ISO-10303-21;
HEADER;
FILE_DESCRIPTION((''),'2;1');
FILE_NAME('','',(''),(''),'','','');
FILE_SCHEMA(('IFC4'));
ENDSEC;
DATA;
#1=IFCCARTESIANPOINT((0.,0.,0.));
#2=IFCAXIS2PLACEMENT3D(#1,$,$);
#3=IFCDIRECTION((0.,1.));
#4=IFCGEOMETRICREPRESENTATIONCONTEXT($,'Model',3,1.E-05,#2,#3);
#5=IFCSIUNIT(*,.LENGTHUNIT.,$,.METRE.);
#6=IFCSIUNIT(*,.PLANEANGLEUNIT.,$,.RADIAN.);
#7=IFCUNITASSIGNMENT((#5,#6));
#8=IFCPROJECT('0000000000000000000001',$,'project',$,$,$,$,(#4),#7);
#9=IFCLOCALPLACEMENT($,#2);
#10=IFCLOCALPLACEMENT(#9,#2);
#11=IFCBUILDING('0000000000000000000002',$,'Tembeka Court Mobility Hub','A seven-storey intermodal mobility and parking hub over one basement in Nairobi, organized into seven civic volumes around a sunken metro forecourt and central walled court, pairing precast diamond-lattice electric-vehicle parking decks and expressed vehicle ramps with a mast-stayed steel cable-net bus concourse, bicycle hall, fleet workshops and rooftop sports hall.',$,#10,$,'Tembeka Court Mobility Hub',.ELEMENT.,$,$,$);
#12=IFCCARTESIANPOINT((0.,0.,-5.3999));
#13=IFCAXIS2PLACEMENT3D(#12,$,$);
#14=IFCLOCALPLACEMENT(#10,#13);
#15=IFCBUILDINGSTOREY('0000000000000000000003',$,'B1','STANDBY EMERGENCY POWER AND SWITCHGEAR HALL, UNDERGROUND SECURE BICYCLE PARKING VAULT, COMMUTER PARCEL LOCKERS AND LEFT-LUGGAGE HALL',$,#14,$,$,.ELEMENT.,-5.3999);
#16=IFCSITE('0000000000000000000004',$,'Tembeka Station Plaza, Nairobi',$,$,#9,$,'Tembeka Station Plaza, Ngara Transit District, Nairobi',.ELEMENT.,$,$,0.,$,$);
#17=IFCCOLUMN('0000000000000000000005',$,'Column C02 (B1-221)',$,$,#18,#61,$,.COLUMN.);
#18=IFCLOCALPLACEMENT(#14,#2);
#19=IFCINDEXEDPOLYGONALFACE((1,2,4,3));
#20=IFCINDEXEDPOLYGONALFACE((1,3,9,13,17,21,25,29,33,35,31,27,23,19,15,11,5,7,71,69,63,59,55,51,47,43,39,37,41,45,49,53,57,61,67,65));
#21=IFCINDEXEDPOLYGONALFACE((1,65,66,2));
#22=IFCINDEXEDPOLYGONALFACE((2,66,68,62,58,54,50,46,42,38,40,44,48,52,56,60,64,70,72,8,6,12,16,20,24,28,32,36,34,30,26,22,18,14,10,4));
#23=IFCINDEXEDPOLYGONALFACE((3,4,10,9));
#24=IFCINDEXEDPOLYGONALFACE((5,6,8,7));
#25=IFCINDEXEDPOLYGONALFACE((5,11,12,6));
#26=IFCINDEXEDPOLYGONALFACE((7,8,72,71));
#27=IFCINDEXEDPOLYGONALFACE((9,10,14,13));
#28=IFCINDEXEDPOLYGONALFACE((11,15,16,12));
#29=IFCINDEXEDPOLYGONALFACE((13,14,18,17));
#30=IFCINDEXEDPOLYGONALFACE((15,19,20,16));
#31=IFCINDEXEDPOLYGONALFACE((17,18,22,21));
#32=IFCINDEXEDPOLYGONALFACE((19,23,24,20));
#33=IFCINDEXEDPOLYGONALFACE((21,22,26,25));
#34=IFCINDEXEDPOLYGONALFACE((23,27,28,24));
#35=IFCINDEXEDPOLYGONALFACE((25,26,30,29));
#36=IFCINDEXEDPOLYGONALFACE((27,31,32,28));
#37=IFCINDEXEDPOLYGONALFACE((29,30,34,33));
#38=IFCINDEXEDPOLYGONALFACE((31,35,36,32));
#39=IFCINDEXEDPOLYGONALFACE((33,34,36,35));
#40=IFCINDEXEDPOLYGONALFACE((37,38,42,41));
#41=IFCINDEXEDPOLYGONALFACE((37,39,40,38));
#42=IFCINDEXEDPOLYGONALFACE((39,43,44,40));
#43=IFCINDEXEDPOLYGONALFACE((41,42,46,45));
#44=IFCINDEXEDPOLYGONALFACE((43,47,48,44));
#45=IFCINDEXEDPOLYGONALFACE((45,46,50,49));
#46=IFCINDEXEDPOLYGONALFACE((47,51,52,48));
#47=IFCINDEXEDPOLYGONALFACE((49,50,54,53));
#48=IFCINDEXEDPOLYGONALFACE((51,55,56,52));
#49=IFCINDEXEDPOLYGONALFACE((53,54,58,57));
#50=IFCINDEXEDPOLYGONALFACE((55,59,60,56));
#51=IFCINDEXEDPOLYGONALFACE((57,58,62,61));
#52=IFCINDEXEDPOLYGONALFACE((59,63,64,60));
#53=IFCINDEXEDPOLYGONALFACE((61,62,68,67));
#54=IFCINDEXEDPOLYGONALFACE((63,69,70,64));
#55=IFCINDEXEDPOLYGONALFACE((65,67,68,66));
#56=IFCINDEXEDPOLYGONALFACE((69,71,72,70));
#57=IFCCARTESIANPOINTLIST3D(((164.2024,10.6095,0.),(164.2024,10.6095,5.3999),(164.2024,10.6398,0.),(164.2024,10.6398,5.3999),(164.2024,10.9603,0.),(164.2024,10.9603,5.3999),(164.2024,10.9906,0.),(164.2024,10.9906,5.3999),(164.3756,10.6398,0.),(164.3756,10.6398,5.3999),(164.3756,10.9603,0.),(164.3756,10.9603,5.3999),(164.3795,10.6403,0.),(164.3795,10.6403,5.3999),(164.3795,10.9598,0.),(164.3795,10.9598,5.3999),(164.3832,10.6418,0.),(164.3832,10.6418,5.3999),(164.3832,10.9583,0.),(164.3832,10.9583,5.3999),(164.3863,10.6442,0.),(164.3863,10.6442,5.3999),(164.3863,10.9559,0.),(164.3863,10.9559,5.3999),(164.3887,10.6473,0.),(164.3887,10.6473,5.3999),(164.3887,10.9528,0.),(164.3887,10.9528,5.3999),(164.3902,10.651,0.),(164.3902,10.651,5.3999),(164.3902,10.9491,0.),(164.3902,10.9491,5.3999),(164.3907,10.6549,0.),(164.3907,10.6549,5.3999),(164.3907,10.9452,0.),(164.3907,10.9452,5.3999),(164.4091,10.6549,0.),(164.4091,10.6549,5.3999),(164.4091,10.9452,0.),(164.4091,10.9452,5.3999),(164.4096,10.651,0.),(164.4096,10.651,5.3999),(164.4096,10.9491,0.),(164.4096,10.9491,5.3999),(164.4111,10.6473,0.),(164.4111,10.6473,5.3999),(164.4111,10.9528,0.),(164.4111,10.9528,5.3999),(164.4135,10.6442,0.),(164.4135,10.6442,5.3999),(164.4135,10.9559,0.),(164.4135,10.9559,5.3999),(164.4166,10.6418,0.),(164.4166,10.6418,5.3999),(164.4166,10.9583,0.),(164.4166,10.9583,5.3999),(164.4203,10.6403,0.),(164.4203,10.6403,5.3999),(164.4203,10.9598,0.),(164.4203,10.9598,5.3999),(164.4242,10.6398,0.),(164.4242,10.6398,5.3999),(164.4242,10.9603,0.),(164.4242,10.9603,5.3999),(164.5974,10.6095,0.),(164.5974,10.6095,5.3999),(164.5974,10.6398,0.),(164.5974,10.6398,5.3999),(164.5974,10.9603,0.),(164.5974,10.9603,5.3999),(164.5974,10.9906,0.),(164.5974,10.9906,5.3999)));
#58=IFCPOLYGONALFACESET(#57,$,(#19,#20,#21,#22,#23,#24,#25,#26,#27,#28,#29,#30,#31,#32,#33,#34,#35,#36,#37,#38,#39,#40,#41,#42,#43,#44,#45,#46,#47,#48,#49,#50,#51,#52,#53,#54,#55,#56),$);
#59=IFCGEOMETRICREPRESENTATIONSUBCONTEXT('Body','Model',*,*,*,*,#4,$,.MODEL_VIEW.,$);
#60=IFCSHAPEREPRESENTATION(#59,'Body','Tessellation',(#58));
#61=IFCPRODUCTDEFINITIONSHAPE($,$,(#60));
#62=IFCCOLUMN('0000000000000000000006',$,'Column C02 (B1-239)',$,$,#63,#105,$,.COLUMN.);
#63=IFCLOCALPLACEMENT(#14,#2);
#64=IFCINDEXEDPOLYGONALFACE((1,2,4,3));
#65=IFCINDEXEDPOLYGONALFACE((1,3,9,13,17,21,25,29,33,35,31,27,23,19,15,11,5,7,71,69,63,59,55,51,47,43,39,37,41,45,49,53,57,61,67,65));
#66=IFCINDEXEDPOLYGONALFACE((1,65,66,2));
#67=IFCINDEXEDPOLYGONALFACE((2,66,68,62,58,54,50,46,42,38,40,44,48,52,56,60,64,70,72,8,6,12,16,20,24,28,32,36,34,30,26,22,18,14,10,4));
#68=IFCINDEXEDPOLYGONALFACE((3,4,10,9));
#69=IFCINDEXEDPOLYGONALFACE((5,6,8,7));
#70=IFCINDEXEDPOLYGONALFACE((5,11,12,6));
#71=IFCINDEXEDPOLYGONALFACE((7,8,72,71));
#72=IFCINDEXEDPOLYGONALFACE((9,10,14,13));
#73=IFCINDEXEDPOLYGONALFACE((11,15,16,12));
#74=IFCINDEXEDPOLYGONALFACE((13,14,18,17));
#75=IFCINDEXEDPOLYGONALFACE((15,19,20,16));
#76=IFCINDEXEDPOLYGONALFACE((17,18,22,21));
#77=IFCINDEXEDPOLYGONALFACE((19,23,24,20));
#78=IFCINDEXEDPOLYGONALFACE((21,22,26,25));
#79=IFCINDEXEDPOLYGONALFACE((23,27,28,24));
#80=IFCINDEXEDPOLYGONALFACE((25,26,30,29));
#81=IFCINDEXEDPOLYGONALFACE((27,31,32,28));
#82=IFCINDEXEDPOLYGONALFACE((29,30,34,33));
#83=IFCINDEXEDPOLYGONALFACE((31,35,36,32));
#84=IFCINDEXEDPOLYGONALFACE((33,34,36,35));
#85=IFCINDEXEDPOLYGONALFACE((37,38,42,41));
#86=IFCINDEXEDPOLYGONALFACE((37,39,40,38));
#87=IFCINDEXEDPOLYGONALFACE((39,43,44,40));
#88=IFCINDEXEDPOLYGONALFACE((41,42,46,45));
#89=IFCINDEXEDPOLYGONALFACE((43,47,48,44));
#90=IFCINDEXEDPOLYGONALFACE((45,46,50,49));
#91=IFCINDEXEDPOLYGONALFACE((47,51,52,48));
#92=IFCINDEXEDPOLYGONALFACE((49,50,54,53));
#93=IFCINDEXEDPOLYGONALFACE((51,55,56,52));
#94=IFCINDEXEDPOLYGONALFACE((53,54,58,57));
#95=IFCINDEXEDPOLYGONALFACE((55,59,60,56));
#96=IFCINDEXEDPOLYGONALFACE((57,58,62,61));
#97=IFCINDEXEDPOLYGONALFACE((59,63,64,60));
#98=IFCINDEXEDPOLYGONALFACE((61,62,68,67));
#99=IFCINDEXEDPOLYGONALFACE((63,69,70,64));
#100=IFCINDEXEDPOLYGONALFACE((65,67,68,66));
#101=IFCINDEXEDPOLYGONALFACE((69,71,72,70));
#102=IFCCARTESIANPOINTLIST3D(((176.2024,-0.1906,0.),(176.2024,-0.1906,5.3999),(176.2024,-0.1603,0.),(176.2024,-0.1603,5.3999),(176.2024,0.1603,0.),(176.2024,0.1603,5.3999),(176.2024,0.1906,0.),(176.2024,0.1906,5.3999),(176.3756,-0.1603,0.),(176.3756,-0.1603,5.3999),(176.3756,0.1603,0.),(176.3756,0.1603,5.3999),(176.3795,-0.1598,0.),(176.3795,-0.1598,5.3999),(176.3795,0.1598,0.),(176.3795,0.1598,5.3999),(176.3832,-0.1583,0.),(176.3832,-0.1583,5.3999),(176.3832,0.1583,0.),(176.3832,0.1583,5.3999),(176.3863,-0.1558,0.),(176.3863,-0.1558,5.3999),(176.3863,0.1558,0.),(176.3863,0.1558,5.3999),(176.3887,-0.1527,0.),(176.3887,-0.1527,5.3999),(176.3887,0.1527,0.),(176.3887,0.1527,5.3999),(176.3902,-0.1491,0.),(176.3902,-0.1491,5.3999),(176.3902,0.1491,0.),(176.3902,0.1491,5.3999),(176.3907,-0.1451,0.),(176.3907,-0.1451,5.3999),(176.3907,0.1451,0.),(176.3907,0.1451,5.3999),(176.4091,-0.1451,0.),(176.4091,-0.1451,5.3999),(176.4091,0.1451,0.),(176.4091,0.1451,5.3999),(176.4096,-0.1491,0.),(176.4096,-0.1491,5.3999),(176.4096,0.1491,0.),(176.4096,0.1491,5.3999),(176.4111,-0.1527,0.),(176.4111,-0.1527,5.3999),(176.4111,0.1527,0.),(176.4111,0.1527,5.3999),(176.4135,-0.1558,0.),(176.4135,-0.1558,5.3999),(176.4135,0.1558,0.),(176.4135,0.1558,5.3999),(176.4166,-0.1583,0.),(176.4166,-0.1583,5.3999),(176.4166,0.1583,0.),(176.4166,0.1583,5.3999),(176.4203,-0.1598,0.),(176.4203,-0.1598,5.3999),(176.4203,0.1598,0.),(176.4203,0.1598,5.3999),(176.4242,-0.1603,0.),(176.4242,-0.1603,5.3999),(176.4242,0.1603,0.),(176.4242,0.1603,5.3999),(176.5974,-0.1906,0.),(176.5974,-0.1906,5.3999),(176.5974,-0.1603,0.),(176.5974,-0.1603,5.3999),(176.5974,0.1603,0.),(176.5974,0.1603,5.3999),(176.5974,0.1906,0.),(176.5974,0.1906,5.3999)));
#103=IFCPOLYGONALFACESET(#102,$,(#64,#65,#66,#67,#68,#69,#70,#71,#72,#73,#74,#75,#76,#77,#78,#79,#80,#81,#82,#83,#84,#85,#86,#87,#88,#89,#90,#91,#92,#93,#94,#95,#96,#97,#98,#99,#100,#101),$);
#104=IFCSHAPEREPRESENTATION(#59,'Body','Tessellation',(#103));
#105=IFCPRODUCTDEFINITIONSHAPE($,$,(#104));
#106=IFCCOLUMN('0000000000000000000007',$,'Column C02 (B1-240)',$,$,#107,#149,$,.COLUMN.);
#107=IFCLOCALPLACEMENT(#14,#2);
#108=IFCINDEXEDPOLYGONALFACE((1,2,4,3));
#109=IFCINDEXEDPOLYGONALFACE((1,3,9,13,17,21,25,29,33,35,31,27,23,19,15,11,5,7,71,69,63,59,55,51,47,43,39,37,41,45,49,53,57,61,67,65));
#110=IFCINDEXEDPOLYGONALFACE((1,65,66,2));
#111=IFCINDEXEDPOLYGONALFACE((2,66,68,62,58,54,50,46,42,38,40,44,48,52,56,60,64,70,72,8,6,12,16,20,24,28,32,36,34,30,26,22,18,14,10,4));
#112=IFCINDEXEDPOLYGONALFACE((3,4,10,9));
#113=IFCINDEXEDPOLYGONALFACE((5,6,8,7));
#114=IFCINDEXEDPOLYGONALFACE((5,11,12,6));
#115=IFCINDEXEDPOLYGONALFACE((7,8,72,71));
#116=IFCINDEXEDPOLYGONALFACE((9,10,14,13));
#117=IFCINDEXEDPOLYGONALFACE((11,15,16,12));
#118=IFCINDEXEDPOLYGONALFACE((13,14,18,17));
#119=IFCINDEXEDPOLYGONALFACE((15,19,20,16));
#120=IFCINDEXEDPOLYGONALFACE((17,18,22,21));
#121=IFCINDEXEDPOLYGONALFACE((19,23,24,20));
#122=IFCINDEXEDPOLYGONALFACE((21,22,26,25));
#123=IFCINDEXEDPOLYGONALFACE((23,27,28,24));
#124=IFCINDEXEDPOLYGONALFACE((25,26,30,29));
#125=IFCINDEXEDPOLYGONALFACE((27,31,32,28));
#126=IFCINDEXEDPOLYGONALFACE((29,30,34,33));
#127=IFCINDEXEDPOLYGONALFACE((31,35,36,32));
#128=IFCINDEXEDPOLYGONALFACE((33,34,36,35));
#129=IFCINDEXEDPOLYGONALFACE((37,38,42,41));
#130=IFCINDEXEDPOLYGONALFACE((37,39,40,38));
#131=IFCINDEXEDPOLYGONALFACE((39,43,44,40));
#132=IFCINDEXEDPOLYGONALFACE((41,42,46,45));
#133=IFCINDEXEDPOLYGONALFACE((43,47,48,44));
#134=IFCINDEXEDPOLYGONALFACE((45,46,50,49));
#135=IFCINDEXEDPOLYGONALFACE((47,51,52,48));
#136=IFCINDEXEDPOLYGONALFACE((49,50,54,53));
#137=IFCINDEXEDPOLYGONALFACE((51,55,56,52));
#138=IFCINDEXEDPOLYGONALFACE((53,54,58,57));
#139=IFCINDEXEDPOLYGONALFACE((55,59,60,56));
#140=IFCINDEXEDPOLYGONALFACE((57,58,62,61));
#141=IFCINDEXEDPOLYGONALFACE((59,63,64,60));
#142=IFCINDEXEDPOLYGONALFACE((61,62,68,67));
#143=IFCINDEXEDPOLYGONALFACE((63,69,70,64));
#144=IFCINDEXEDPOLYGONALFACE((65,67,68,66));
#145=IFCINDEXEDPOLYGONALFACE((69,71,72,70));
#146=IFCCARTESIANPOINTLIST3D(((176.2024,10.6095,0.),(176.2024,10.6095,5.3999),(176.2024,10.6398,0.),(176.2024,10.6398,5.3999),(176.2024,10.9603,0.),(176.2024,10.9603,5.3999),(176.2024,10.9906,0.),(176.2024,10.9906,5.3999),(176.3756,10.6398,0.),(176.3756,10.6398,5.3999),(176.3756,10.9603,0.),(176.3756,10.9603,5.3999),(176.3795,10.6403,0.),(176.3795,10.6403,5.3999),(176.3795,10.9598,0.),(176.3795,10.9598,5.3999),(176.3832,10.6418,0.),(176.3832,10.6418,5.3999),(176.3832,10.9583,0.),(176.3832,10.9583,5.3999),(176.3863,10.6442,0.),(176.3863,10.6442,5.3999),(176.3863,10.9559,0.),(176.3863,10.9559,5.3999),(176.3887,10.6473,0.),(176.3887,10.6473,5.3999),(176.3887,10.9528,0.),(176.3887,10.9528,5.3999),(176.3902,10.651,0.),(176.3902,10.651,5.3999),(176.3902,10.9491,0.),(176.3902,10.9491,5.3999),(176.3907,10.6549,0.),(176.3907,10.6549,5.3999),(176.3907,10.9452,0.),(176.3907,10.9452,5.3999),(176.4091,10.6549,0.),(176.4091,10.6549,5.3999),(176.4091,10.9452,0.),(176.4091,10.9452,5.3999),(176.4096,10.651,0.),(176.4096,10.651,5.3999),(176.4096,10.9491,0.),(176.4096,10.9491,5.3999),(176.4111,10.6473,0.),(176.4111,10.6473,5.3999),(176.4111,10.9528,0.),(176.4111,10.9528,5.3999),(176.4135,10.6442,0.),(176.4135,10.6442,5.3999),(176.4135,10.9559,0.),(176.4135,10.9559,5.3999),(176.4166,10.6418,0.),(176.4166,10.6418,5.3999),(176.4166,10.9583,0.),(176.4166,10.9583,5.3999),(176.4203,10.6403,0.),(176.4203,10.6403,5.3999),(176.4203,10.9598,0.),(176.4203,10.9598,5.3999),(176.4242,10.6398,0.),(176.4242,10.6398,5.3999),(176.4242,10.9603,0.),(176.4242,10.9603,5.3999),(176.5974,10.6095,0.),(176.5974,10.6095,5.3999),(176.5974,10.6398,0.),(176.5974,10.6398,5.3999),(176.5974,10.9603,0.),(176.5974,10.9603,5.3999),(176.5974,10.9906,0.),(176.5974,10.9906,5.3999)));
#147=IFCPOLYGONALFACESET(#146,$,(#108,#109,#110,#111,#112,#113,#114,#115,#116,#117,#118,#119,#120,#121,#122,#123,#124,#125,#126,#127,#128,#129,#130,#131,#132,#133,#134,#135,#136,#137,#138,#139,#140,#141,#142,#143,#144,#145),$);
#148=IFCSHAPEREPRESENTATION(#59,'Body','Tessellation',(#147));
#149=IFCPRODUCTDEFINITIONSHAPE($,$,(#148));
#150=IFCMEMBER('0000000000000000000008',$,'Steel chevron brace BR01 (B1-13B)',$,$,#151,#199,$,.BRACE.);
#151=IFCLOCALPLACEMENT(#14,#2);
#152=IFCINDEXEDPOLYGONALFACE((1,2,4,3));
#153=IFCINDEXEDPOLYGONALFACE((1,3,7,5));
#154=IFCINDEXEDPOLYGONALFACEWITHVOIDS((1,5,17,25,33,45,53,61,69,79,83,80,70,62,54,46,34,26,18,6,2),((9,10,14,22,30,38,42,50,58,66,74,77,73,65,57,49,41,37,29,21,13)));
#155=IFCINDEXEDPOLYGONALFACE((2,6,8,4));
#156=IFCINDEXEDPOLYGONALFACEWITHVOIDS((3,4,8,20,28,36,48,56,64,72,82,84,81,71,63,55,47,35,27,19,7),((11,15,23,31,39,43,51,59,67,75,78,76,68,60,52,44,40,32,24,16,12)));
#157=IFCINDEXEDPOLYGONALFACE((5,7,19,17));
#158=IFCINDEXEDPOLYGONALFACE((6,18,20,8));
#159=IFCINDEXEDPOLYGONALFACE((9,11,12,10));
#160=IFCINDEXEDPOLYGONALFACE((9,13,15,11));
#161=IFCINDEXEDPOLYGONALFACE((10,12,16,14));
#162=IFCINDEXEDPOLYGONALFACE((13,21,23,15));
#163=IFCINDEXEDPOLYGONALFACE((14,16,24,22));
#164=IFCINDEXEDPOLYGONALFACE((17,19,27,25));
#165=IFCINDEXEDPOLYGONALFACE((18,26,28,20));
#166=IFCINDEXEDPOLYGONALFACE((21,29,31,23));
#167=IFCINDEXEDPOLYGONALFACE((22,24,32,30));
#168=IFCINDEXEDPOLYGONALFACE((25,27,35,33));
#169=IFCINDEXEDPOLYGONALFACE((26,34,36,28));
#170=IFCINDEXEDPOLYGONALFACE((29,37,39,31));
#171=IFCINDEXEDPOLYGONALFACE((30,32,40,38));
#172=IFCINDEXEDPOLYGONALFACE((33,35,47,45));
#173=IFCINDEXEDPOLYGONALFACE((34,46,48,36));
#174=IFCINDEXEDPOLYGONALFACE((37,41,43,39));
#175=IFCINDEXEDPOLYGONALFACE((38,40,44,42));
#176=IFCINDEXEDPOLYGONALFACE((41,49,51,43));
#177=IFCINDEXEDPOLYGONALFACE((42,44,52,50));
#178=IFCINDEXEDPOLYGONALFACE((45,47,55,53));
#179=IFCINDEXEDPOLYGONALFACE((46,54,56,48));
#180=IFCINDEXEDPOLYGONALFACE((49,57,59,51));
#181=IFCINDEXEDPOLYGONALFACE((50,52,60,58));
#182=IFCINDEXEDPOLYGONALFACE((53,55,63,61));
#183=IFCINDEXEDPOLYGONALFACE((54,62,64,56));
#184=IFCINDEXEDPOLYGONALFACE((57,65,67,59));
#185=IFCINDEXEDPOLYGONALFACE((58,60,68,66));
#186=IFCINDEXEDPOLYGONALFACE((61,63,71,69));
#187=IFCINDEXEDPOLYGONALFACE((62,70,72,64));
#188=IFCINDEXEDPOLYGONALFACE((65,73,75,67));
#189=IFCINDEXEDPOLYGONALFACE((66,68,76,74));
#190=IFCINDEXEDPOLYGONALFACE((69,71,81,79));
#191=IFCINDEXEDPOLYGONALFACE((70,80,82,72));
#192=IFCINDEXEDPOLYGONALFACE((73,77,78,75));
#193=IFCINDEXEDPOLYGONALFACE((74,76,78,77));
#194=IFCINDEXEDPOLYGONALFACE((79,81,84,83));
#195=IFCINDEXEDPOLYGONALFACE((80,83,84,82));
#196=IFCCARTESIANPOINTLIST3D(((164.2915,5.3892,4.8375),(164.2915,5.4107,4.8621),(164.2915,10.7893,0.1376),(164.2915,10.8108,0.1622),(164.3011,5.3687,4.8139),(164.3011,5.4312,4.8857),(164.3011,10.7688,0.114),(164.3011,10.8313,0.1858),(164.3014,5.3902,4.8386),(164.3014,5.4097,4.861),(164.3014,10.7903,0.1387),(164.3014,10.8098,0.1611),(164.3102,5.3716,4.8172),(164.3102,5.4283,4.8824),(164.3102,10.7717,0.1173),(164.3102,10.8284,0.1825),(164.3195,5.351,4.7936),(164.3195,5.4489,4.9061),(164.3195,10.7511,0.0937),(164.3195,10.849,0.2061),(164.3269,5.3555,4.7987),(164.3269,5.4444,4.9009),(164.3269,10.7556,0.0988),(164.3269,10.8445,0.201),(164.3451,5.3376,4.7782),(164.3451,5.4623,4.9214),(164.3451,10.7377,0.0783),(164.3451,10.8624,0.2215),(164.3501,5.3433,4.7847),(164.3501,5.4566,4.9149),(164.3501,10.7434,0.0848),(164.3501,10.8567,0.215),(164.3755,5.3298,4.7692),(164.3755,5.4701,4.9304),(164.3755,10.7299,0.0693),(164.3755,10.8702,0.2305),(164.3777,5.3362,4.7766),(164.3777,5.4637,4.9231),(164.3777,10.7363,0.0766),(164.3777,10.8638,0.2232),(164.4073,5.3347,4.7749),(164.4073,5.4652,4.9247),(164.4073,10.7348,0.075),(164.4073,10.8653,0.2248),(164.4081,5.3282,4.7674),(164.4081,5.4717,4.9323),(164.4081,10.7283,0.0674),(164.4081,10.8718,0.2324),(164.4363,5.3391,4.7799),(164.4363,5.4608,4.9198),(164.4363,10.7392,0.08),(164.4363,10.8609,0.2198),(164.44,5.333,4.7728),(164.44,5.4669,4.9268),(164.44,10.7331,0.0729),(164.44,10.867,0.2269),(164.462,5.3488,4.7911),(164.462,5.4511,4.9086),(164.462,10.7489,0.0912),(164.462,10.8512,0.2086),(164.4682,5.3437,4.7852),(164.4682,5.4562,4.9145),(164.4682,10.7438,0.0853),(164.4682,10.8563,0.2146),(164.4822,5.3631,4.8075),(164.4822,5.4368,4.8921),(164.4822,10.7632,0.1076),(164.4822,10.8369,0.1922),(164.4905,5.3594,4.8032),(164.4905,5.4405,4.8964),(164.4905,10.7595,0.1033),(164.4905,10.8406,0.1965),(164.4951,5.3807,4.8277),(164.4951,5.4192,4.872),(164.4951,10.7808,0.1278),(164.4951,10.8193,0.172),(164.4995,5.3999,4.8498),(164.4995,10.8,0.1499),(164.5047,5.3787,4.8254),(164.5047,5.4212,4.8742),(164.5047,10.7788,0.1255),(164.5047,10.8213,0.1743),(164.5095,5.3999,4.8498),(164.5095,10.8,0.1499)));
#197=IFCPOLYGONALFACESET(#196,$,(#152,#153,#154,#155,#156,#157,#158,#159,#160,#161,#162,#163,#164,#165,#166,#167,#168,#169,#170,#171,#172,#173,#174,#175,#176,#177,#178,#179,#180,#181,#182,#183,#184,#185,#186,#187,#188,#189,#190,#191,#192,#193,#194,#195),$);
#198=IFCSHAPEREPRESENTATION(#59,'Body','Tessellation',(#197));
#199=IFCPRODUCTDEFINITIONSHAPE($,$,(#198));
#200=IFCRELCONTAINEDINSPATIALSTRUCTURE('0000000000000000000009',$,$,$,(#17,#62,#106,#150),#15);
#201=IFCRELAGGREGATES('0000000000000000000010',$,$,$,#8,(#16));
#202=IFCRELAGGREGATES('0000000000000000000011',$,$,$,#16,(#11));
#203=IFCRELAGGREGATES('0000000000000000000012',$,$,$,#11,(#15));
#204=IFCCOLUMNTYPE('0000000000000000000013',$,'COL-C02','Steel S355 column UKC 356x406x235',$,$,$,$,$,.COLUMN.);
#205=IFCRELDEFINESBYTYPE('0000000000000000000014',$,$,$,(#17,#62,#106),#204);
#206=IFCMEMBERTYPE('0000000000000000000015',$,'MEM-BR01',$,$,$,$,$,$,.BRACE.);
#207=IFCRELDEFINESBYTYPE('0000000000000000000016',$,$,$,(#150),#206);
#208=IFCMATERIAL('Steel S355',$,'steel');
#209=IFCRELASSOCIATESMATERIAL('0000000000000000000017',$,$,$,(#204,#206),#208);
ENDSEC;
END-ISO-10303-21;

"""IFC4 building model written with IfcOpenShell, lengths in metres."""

from ifc_helpers import new_model, si_unit, direction, frame, origin, origin_2d, place, context, subcontext, project, spatial, hollow_circle, i_section, extrude, material, material_profile, profile_set, type_object, element, save


model = new_model("IFC4")

# Units and contexts
model_context = context("Model", 3, precision=1e-05, world=origin(), true_north=direction((0.0, 1.0)))
body_context = subcontext(model_context, "Body", "Model", "MODEL_VIEW")
ifc_project = project(units=[si_unit("LENGTHUNIT", "METRE"), si_unit("PLANEANGLEUNIT", "RADIAN")], contexts=[model_context])

# Site, building, storey
site_placement = place(None, origin())
site = spatial("IfcSite", under=ifc_project, at=site_placement, Name="Tembeka Station Plaza, Nairobi", LongName="Tembeka Station Plaza, Ngara Transit District, Nairobi", CompositionType="ELEMENT", RefElevation=0.0)
building_placement = place(site_placement, origin())
building = spatial("IfcBuilding", under=site, at=building_placement, Name="Tembeka Court Mobility Hub", Description="A seven-storey intermodal mobility and parking hub over one basement in Nairobi, organized into seven civic volumes around a sunken metro forecourt and central walled court, pairing precast diamond-lattice electric-vehicle parking decks and expressed vehicle ramps with a mast-stayed steel cable-net bus concourse, bicycle hall, fleet workshops and rooftop sports hall.", LongName="Tembeka Court Mobility Hub", CompositionType="ELEMENT")
storey_placement = place(building_placement, frame((0.0, 0.0, -5.3999)))
storey = spatial("IfcBuildingStorey", under=building, at=storey_placement, Name="B1", Description="STANDBY EMERGENCY POWER AND SWITCHGEAR HALL, UNDERGROUND SECURE BICYCLE PARKING VAULT, COMMUTER PARCEL LOCKERS AND LEFT-LUGGAGE HALL", CompositionType="ELEMENT", Elevation=-5.3999)

# Columns
ifc_material_1 = material(Name="Steel S355", Category="steel")
ifc_material_profile_1 = material_profile(ifc_material_1, i_section(OverallWidth=0.395, OverallDepth=0.3811, WebThickness=0.0183, FlangeThickness=0.0303, FilletRadius=0.0151, at=origin_2d()), Name="UKC 356x406x235")
ifc_profile_set_1 = profile_set([ifc_material_profile_1], Name="Steel S355")
column_type = type_object("IfcColumnType", Name="COL-C02", Description="Steel S355 column UKC 356x406x235", PredefinedType="COLUMN", material=ifc_profile_set_1)
for number, where, z_axis, x_axis, name in (
    (1, (164.3999, 10.8, 0.0), (0.0, 0.0, 1.0), (1.0, 0.0, 0.0), "Column C02 (B1-221)"),
    (2, (176.3999, 0.0, 0.0), (0.0, 0.0, 1.0), (1.0, 0.0, 0.0), "Column C02 (B1-239)"),
    (3, (176.3999, 10.8, 0.0), (0.0, 0.0, 1.0), (1.0, 0.0, 0.0), "Column C02 (B1-240)"),
):
    element("IfcColumn", number, at=place(storey_placement, frame(where, z_axis=z_axis, x_axis=x_axis)), inside=storey, type_object=column_type, Name=name, PredefinedType="COLUMN", context=body_context, shape_type="SweptSolid", body=[
        extrude(i_section(OverallWidth=0.395, OverallDepth=0.3811, WebThickness=0.0183, FlangeThickness=0.0303, FilletRadius=0.0151, at=origin_2d()), origin(), (0.0, 0.0, 1.0), 5.3999),
    ])

# Member
ifc_material_profile_2 = material_profile(ifc_material_1, hollow_circle(Radius=0.1096, WallThickness=0.01, at=origin_2d()), Name="CHS 219.1x10")
ifc_profile_set_2 = profile_set([ifc_material_profile_2], Name="Steel S355")
member_type = type_object("IfcMemberType", Name="MEM-BR01", PredefinedType="BRACE", material=ifc_profile_set_2)
member_placement = place(storey_placement, frame((164.3999, 10.8, 0.1499), z_axis=(0.0, -0.754317, 0.65651), x_axis=(1.0, 0.0, 0.0)))
element("IfcMember", 4, at=member_placement, inside=storey, type_object=member_type, Name="Steel chevron brace BR01 (B1-13B)", PredefinedType="BRACE", context=body_context, shape_type="SweptSolid", body=[
    extrude(hollow_circle(Radius=0.1096, WallThickness=0.01, at=origin_2d()), origin(), (0.0, 0.0, 1.0), 7.1589),
])

save(model, "model.ifc")
